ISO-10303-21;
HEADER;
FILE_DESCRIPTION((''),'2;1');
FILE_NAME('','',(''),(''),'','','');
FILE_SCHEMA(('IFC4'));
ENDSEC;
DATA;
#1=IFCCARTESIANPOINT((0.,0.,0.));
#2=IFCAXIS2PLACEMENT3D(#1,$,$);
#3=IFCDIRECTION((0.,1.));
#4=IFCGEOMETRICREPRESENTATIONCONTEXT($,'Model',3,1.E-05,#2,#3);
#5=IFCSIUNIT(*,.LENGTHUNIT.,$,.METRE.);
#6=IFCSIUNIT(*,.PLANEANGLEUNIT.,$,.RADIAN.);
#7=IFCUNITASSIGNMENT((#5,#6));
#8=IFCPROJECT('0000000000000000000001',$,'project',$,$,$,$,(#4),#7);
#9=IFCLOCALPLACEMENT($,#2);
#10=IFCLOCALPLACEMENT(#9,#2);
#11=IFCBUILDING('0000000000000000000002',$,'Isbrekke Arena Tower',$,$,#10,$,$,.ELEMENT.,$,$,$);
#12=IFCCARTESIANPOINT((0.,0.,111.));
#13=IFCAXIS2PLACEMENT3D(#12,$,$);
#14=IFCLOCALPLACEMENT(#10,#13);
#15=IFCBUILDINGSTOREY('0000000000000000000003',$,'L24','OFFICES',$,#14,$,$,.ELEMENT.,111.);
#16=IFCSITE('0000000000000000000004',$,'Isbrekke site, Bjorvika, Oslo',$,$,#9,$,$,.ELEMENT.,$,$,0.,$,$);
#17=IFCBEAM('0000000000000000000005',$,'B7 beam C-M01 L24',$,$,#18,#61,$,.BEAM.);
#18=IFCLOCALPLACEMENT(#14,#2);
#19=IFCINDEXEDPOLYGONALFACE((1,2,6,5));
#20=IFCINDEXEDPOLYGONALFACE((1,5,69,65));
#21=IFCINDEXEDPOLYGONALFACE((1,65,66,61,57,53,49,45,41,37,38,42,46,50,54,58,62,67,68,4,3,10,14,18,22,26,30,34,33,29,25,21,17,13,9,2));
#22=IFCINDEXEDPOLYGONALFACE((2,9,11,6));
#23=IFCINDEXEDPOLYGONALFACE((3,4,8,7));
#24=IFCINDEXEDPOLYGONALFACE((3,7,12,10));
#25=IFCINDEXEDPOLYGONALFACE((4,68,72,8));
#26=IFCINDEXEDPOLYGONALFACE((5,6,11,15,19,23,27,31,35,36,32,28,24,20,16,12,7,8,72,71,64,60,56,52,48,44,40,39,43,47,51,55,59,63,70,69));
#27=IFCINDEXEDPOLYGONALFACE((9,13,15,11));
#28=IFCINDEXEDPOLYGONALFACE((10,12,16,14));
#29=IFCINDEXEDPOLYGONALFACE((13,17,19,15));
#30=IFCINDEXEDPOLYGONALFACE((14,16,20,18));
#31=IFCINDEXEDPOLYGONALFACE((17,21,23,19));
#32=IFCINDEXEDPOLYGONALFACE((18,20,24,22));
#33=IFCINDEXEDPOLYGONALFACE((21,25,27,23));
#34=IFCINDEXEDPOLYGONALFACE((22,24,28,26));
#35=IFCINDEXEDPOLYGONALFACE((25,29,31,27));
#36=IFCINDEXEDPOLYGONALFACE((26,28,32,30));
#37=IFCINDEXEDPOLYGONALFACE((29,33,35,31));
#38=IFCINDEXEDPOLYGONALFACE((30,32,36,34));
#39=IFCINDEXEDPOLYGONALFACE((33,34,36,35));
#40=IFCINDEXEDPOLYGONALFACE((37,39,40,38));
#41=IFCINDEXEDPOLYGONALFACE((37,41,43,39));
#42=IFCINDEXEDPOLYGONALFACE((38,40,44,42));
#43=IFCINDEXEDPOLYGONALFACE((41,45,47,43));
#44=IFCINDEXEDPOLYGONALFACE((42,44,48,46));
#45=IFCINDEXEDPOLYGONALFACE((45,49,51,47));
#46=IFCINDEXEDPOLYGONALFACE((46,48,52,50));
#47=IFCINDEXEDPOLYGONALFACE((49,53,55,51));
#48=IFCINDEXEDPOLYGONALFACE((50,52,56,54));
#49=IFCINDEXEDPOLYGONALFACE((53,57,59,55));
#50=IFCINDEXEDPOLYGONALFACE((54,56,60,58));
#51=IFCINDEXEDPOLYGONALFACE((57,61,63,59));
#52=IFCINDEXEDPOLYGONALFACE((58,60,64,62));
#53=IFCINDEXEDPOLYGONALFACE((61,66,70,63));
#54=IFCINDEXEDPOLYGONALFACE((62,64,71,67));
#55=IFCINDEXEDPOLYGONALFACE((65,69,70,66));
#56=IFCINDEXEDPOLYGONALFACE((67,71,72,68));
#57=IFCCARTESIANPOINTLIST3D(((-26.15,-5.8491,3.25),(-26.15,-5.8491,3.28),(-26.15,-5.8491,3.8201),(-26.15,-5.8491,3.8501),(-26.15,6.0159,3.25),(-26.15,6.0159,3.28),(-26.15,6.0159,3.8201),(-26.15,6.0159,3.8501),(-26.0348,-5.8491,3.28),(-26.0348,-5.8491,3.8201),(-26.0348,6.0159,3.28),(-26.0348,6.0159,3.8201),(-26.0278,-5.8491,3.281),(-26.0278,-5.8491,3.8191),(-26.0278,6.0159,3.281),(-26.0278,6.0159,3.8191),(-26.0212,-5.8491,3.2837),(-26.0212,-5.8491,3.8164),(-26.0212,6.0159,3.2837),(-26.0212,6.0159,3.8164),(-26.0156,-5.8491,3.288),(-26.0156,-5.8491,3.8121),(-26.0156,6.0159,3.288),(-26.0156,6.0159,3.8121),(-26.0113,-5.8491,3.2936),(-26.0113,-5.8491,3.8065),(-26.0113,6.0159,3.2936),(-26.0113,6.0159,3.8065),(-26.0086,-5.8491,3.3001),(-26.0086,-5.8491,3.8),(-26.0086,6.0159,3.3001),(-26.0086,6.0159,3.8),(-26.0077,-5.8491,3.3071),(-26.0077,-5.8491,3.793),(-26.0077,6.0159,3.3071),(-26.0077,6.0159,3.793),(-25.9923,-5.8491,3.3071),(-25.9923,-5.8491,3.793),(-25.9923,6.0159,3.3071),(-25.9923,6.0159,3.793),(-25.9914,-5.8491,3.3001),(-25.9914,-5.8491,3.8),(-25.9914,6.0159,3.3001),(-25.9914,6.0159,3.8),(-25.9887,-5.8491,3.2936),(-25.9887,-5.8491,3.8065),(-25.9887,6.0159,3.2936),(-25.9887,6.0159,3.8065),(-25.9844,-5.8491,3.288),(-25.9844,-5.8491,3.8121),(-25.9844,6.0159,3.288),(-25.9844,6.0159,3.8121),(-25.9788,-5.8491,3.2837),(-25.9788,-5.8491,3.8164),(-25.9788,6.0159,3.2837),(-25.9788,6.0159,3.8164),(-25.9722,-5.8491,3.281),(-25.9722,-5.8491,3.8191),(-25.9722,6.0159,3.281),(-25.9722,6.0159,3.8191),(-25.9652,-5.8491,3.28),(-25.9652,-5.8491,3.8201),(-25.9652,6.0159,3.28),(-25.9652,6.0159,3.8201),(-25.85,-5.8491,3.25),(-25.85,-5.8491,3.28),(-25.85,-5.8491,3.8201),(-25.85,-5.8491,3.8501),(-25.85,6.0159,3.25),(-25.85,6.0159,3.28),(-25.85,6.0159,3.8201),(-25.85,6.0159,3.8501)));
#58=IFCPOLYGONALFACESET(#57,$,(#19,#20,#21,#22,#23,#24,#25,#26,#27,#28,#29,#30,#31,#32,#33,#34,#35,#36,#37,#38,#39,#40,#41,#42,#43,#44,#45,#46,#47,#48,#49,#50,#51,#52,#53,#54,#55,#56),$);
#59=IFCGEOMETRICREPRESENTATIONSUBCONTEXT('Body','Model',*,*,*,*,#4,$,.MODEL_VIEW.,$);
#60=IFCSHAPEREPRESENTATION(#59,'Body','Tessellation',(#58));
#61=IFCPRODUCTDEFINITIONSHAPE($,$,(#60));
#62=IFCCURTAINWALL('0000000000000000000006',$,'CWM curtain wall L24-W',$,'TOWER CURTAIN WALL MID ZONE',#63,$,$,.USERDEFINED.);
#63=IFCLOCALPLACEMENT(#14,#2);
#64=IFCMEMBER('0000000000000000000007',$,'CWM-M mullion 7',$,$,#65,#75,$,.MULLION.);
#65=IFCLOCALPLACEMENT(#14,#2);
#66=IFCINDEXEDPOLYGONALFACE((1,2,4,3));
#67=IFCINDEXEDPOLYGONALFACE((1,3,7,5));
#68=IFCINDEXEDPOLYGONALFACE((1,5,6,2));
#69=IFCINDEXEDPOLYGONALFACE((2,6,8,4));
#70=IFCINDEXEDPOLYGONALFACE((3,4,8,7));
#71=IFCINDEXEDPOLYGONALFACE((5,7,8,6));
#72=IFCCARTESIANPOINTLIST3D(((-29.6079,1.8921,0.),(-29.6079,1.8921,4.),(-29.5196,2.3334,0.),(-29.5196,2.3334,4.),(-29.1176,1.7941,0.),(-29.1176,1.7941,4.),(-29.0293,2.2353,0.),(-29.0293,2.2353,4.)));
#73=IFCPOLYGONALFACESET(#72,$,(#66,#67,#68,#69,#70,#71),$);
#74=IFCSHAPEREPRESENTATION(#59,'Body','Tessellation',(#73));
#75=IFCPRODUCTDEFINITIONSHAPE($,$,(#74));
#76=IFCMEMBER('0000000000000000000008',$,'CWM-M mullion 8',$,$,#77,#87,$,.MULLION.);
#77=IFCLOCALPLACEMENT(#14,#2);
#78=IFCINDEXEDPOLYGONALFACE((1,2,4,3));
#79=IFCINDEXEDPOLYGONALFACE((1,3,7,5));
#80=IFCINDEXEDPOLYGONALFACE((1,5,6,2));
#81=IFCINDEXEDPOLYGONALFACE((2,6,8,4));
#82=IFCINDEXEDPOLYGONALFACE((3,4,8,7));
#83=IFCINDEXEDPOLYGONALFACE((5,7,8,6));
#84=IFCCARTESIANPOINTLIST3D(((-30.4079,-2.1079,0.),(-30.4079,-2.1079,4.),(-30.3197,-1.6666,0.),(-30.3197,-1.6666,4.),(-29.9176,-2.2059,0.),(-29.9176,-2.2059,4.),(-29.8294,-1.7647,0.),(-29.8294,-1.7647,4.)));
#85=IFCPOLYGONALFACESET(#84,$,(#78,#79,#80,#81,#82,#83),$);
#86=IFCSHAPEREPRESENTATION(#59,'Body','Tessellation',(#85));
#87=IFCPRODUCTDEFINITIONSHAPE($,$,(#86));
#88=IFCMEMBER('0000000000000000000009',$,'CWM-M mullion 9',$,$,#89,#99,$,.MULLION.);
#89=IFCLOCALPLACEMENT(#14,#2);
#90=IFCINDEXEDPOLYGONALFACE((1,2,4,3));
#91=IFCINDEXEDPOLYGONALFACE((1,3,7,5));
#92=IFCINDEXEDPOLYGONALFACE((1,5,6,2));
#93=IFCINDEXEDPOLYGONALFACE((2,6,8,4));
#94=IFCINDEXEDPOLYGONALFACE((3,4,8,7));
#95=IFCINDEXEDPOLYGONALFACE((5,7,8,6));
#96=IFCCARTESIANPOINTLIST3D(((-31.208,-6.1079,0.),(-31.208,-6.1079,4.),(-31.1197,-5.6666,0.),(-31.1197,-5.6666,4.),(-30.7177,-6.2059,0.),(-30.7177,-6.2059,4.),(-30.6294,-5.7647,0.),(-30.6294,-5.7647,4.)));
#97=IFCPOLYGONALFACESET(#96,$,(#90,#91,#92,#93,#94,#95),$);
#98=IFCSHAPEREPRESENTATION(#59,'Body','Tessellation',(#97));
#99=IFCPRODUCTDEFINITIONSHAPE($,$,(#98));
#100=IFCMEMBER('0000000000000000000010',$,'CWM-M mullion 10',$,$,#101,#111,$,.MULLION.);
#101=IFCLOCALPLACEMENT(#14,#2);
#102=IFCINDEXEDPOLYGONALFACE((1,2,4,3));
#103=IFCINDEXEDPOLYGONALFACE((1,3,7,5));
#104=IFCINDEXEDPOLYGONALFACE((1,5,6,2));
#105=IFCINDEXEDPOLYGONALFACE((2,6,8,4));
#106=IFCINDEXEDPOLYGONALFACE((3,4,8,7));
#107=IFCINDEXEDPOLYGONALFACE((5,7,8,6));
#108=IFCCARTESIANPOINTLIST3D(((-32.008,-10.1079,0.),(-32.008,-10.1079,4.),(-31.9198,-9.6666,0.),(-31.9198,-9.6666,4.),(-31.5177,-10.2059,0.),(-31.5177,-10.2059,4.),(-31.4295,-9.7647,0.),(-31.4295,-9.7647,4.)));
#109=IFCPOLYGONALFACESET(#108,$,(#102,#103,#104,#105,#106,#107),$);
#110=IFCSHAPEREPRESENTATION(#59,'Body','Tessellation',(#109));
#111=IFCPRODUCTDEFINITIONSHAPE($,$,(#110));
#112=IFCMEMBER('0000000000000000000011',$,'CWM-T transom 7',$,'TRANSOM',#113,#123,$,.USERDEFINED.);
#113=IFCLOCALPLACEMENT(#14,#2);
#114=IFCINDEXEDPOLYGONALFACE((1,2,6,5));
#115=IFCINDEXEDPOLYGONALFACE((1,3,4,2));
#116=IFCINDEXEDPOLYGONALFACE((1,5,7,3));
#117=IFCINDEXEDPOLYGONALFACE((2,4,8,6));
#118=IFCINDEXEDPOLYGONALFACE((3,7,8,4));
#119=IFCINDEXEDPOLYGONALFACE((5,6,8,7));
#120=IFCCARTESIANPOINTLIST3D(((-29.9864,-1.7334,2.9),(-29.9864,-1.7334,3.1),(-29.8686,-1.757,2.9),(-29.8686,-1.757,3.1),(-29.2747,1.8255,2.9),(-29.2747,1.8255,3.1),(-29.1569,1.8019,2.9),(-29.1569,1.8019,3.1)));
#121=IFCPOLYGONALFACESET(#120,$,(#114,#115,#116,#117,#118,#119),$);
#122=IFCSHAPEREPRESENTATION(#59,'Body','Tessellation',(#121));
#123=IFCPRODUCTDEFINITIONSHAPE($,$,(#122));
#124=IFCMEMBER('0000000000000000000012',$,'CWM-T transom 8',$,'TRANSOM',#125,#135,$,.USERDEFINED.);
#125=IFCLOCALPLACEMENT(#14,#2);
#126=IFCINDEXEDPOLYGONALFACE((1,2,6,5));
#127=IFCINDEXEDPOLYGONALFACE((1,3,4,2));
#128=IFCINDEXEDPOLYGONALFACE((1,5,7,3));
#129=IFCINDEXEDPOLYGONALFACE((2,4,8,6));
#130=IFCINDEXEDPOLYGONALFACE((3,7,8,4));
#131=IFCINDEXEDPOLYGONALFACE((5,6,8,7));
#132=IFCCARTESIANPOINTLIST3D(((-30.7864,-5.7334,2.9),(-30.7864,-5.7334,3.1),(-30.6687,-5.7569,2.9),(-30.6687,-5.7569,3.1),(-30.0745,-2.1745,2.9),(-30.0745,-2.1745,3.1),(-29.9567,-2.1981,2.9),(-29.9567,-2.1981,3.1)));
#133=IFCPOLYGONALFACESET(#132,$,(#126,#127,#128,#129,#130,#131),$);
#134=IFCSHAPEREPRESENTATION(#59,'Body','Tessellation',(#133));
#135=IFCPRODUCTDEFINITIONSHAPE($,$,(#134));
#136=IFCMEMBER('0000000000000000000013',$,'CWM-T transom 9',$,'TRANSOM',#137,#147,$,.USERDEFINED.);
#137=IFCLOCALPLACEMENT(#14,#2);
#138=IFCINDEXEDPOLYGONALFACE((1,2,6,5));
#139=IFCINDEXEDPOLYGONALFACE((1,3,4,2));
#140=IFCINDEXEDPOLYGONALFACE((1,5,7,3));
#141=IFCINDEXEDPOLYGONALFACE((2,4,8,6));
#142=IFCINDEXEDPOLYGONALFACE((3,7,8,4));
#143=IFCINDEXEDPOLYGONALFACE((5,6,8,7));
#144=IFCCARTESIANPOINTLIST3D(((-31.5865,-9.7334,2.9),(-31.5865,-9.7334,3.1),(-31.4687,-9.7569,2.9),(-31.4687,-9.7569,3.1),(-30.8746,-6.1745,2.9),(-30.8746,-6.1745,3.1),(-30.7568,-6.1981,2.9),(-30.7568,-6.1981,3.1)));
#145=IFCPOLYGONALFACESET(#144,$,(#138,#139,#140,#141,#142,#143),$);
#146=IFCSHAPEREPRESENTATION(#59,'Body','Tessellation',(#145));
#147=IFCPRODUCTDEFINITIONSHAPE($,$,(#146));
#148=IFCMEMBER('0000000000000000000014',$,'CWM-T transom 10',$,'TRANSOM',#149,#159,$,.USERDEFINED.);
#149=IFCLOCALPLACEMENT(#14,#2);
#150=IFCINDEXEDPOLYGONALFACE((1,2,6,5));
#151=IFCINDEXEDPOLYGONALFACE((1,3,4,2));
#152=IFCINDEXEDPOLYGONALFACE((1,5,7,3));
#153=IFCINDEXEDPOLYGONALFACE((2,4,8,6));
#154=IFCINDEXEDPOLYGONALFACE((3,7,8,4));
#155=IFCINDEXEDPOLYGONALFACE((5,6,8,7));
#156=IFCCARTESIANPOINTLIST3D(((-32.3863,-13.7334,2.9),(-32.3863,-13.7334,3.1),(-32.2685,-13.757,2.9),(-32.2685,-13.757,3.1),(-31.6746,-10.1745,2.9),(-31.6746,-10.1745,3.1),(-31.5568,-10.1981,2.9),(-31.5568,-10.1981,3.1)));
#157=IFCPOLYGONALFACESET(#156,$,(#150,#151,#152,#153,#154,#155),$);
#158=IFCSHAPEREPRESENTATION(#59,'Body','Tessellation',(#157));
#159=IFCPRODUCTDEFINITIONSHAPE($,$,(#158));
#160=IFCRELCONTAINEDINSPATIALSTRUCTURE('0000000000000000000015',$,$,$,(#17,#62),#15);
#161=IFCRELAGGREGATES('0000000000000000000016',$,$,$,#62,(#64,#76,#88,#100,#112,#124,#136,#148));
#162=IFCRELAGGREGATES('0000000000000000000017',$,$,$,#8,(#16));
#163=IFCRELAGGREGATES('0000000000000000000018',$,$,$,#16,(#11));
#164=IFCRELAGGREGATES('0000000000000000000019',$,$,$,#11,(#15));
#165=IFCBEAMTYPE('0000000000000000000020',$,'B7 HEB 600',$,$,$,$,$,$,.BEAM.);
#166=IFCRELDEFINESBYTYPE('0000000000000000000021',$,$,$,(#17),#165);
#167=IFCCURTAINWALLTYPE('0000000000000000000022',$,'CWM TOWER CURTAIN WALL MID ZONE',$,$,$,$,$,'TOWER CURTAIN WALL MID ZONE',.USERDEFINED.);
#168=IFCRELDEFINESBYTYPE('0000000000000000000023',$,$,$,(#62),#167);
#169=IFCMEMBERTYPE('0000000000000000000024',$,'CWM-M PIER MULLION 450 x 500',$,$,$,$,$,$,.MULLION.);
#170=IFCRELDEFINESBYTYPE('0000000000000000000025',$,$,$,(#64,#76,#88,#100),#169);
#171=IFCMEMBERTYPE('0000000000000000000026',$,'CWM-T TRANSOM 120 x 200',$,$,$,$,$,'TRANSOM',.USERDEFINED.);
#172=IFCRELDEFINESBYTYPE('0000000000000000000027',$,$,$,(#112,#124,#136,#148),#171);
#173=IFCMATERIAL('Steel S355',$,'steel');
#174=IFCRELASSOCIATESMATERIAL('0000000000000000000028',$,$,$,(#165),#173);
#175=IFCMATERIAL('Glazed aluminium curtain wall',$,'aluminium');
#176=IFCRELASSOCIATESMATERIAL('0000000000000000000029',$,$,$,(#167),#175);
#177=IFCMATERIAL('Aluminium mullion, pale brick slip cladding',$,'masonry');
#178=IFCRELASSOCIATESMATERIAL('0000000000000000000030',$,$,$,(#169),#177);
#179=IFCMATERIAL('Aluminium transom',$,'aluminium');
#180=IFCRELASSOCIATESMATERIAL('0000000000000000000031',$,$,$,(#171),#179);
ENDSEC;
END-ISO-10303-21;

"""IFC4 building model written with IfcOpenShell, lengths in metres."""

from ifc_helpers import new_model, si_unit, direction, frame, origin, origin_2d, place, context, subcontext, project, spatial, rectangle, i_section, extrude, material, material_profile, profile_set, type_object, element, aggregate, save


model = new_model("IFC4")

# Units and contexts
model_context = context("Model", 3, precision=1e-05, world=origin(), true_north=direction((0.0, 1.0)))
body_context = subcontext(model_context, "Body", "Model", "MODEL_VIEW")
ifc_project = project(units=[si_unit("LENGTHUNIT", "METRE"), si_unit("PLANEANGLEUNIT", "RADIAN")], contexts=[model_context])

# Site, building, storey
site_placement = place(None, origin())
site = spatial("IfcSite", under=ifc_project, at=site_placement, Name="Isbrekke site, Bjorvika, Oslo", CompositionType="ELEMENT", RefElevation=0.0)
building_placement = place(site_placement, origin())
building = spatial("IfcBuilding", under=site, at=building_placement, Name="Isbrekke Arena Tower", CompositionType="ELEMENT")
storey_placement = place(building_placement, frame((0.0, 0.0, 111.0)))
storey = spatial("IfcBuildingStorey", under=building, at=storey_placement, Name="L24", Description="OFFICES", CompositionType="ELEMENT", Elevation=111.0)

# Beam
ifc_material_1 = material(Name="Steel S355", Category="steel")
ifc_material_profile_1 = material_profile(ifc_material_1, i_section(OverallWidth=0.3, OverallDepth=0.6001, WebThickness=0.0154, FlangeThickness=0.03, FilletRadius=0.0271, at=origin_2d()), Name="HEB 600")
ifc_profile_set_1 = profile_set([ifc_material_profile_1], Name="Steel S355")
beam_type_1 = type_object("IfcBeamType", Name="B7 HEB 600", PredefinedType="BEAM", material=ifc_profile_set_1)
beam_1_placement = place(storey_placement, frame((-26.0, -5.8491, 3.55), z_axis=(0.0, 1.0, 0.0), x_axis=(-1.0, 0.0, 0.0)))
element("IfcBeam", 1, at=beam_1_placement, inside=storey, type_object=beam_type_1, Name="B7 beam C-M01 L24", PredefinedType="BEAM", context=body_context, shape_type="SweptSolid", body=[
    extrude(i_section(OverallWidth=0.3, OverallDepth=0.6001, WebThickness=0.0154, FlangeThickness=0.03, FilletRadius=0.0271, at=origin_2d()), origin(), (0.0, 0.0, 1.0), 11.865),
])

# Curtain wall, members
ifc_material_2 = material(Name="Glazed aluminium curtain wall", Category="aluminium")
curtain_wall_type = type_object("IfcCurtainWallType", Name="CWM TOWER CURTAIN WALL MID ZONE", ElementType="TOWER CURTAIN WALL MID ZONE", PredefinedType="USERDEFINED", material=ifc_material_2)
curtain_wall_placement = place(storey_placement, origin())
curtain_wall = element("IfcCurtainWall", 2, at=curtain_wall_placement, inside=storey, type_object=curtain_wall_type, Name="CWM curtain wall L24-W", ObjectType="TOWER CURTAIN WALL MID ZONE", PredefinedType="USERDEFINED")
ifc_material_3 = material(Name="Aluminium mullion, pale brick slip cladding", Category="masonry")
ifc_material_profile_2 = material_profile(ifc_material_3, rectangle(XDim=0.45, YDim=0.5, at=origin_2d()), Name="PIER 450X500")
ifc_profile_set_2 = profile_set([ifc_material_profile_2], Name="Aluminium mullion, pale brick slip cladding")
member_type_1 = type_object("IfcMemberType", Name="CWM-M PIER MULLION 450 x 500", PredefinedType="MULLION", material=ifc_profile_set_2)
member_1_placement = place(storey_placement, frame((-29.3186, 2.0637, 0.0), z_axis=(0.0, 0.0, 1.0), x_axis=(-0.196116, -0.980581, 0.0)))
member_1 = element("IfcMember", 3, at=member_1_placement, type_object=member_type_1, Name="CWM-M mullion 7", PredefinedType="MULLION", context=body_context, shape_type="SweptSolid", body=[
    extrude(rectangle(XDim=0.45, YDim=0.5, at=origin_2d()), origin(), (0.0, 0.0, 1.0), 4.0),
])
member_2_placement = place(storey_placement, frame((-30.1187, -1.9363, 0.0), z_axis=(0.0, 0.0, 1.0), x_axis=(-0.196116, -0.980581, 0.0)))
member_2 = element("IfcMember", 4, at=member_2_placement, type_object=member_type_1, Name="CWM-M mullion 8", PredefinedType="MULLION", context=body_context, shape_type="SweptSolid", body=[
    extrude(rectangle(XDim=0.45, YDim=0.5, at=origin_2d()), origin(), (0.0, 0.0, 1.0), 4.0),
])
member_3_placement = place(storey_placement, frame((-30.9187, -5.9363, 0.0), z_axis=(0.0, 0.0, 1.0), x_axis=(-0.196116, -0.980581, 0.0)))
member_3 = element("IfcMember", 5, at=member_3_placement, type_object=member_type_1, Name="CWM-M mullion 9", PredefinedType="MULLION", context=body_context, shape_type="SweptSolid", body=[
    extrude(rectangle(XDim=0.45, YDim=0.5, at=origin_2d()), origin(), (0.0, 0.0, 1.0), 4.0),
])
member_4_placement = place(storey_placement, frame((-31.7188, -9.9363, 0.0), z_axis=(0.0, 0.0, 1.0), x_axis=(-0.196116, -0.980581, 0.0)))
member_4 = element("IfcMember", 6, at=member_4_placement, type_object=member_type_1, Name="CWM-M mullion 10", PredefinedType="MULLION", context=body_context, shape_type="SweptSolid", body=[
    extrude(rectangle(XDim=0.45, YDim=0.5, at=origin_2d()), origin(), (0.0, 0.0, 1.0), 4.0),
])
ifc_material_4 = material(Name="Aluminium transom", Category="aluminium")
ifc_material_profile_3 = material_profile(ifc_material_4, rectangle(XDim=0.1201, YDim=0.2, at=origin_2d()), Name="TRANSOM 120X200")
ifc_profile_set_3 = profile_set([ifc_material_profile_3], Name="Aluminium transom")
member_type_2 = type_object("IfcMemberType", Name="CWM-T TRANSOM 120 x 200", ElementType="TRANSOM", PredefinedType="USERDEFINED", material=ifc_profile_set_3)
member_5_placement = place(storey_placement, frame((-29.2158, 1.8137, 3.0), z_axis=(-0.19609, -0.980586, 0.0), x_axis=(0.980586, -0.19609, 0.0)))
member_5 = element("IfcMember", 7, at=member_5_placement, type_object=member_type_2, Name="CWM-T transom 7", ObjectType="TRANSOM", PredefinedType="USERDEFINED", context=body_context, shape_type="SweptSolid", body=[
    extrude(rectangle(XDim=0.1201, YDim=0.2, at=origin_2d()), origin(), (0.0, 0.0, 1.0), 3.6294),
])
member_6_placement = place(storey_placement, frame((-30.0156, -2.1863, 3.0), z_axis=(-0.196155, -0.980573, 0.0), x_axis=(0.980573, -0.196155, 0.0)))
member_6 = element("IfcMember", 8, at=member_6_placement, type_object=member_type_2, Name="CWM-T transom 8", ObjectType="TRANSOM", PredefinedType="USERDEFINED", context=body_context, shape_type="SweptSolid", body=[
    extrude(rectangle(XDim=0.1201, YDim=0.2, at=origin_2d()), origin(), (0.0, 0.0, 1.0), 3.6294),
])
member_7_placement = place(storey_placement, frame((-30.8157, -6.1863, 3.0), z_axis=(-0.196155, -0.980573, 0.0), x_axis=(0.980573, -0.196155, 0.0)))
member_7 = element("IfcMember", 9, at=member_7_placement, type_object=member_type_2, Name="CWM-T transom 9", ObjectType="TRANSOM", PredefinedType="USERDEFINED", context=body_context, shape_type="SweptSolid", body=[
    extrude(rectangle(XDim=0.1201, YDim=0.2, at=origin_2d()), origin(), (0.0, 0.0, 1.0), 3.6294),
])
member_8_placement = place(storey_placement, frame((-31.6157, -10.1863, 3.0), z_axis=(-0.19609, -0.980586, 0.0), x_axis=(0.980586, -0.19609, 0.0)))
member_8 = element("IfcMember", 10, at=member_8_placement, type_object=member_type_2, Name="CWM-T transom 10", ObjectType="TRANSOM", PredefinedType="USERDEFINED", context=body_context, shape_type="SweptSolid", body=[
    extrude(rectangle(XDim=0.1201, YDim=0.2, at=origin_2d()), origin(), (0.0, 0.0, 1.0), 3.6294),
])

aggregate(curtain_wall, [member_1, member_2, member_3, member_4, member_5, member_6, member_7, member_8])

save(model, "model.ifc")
